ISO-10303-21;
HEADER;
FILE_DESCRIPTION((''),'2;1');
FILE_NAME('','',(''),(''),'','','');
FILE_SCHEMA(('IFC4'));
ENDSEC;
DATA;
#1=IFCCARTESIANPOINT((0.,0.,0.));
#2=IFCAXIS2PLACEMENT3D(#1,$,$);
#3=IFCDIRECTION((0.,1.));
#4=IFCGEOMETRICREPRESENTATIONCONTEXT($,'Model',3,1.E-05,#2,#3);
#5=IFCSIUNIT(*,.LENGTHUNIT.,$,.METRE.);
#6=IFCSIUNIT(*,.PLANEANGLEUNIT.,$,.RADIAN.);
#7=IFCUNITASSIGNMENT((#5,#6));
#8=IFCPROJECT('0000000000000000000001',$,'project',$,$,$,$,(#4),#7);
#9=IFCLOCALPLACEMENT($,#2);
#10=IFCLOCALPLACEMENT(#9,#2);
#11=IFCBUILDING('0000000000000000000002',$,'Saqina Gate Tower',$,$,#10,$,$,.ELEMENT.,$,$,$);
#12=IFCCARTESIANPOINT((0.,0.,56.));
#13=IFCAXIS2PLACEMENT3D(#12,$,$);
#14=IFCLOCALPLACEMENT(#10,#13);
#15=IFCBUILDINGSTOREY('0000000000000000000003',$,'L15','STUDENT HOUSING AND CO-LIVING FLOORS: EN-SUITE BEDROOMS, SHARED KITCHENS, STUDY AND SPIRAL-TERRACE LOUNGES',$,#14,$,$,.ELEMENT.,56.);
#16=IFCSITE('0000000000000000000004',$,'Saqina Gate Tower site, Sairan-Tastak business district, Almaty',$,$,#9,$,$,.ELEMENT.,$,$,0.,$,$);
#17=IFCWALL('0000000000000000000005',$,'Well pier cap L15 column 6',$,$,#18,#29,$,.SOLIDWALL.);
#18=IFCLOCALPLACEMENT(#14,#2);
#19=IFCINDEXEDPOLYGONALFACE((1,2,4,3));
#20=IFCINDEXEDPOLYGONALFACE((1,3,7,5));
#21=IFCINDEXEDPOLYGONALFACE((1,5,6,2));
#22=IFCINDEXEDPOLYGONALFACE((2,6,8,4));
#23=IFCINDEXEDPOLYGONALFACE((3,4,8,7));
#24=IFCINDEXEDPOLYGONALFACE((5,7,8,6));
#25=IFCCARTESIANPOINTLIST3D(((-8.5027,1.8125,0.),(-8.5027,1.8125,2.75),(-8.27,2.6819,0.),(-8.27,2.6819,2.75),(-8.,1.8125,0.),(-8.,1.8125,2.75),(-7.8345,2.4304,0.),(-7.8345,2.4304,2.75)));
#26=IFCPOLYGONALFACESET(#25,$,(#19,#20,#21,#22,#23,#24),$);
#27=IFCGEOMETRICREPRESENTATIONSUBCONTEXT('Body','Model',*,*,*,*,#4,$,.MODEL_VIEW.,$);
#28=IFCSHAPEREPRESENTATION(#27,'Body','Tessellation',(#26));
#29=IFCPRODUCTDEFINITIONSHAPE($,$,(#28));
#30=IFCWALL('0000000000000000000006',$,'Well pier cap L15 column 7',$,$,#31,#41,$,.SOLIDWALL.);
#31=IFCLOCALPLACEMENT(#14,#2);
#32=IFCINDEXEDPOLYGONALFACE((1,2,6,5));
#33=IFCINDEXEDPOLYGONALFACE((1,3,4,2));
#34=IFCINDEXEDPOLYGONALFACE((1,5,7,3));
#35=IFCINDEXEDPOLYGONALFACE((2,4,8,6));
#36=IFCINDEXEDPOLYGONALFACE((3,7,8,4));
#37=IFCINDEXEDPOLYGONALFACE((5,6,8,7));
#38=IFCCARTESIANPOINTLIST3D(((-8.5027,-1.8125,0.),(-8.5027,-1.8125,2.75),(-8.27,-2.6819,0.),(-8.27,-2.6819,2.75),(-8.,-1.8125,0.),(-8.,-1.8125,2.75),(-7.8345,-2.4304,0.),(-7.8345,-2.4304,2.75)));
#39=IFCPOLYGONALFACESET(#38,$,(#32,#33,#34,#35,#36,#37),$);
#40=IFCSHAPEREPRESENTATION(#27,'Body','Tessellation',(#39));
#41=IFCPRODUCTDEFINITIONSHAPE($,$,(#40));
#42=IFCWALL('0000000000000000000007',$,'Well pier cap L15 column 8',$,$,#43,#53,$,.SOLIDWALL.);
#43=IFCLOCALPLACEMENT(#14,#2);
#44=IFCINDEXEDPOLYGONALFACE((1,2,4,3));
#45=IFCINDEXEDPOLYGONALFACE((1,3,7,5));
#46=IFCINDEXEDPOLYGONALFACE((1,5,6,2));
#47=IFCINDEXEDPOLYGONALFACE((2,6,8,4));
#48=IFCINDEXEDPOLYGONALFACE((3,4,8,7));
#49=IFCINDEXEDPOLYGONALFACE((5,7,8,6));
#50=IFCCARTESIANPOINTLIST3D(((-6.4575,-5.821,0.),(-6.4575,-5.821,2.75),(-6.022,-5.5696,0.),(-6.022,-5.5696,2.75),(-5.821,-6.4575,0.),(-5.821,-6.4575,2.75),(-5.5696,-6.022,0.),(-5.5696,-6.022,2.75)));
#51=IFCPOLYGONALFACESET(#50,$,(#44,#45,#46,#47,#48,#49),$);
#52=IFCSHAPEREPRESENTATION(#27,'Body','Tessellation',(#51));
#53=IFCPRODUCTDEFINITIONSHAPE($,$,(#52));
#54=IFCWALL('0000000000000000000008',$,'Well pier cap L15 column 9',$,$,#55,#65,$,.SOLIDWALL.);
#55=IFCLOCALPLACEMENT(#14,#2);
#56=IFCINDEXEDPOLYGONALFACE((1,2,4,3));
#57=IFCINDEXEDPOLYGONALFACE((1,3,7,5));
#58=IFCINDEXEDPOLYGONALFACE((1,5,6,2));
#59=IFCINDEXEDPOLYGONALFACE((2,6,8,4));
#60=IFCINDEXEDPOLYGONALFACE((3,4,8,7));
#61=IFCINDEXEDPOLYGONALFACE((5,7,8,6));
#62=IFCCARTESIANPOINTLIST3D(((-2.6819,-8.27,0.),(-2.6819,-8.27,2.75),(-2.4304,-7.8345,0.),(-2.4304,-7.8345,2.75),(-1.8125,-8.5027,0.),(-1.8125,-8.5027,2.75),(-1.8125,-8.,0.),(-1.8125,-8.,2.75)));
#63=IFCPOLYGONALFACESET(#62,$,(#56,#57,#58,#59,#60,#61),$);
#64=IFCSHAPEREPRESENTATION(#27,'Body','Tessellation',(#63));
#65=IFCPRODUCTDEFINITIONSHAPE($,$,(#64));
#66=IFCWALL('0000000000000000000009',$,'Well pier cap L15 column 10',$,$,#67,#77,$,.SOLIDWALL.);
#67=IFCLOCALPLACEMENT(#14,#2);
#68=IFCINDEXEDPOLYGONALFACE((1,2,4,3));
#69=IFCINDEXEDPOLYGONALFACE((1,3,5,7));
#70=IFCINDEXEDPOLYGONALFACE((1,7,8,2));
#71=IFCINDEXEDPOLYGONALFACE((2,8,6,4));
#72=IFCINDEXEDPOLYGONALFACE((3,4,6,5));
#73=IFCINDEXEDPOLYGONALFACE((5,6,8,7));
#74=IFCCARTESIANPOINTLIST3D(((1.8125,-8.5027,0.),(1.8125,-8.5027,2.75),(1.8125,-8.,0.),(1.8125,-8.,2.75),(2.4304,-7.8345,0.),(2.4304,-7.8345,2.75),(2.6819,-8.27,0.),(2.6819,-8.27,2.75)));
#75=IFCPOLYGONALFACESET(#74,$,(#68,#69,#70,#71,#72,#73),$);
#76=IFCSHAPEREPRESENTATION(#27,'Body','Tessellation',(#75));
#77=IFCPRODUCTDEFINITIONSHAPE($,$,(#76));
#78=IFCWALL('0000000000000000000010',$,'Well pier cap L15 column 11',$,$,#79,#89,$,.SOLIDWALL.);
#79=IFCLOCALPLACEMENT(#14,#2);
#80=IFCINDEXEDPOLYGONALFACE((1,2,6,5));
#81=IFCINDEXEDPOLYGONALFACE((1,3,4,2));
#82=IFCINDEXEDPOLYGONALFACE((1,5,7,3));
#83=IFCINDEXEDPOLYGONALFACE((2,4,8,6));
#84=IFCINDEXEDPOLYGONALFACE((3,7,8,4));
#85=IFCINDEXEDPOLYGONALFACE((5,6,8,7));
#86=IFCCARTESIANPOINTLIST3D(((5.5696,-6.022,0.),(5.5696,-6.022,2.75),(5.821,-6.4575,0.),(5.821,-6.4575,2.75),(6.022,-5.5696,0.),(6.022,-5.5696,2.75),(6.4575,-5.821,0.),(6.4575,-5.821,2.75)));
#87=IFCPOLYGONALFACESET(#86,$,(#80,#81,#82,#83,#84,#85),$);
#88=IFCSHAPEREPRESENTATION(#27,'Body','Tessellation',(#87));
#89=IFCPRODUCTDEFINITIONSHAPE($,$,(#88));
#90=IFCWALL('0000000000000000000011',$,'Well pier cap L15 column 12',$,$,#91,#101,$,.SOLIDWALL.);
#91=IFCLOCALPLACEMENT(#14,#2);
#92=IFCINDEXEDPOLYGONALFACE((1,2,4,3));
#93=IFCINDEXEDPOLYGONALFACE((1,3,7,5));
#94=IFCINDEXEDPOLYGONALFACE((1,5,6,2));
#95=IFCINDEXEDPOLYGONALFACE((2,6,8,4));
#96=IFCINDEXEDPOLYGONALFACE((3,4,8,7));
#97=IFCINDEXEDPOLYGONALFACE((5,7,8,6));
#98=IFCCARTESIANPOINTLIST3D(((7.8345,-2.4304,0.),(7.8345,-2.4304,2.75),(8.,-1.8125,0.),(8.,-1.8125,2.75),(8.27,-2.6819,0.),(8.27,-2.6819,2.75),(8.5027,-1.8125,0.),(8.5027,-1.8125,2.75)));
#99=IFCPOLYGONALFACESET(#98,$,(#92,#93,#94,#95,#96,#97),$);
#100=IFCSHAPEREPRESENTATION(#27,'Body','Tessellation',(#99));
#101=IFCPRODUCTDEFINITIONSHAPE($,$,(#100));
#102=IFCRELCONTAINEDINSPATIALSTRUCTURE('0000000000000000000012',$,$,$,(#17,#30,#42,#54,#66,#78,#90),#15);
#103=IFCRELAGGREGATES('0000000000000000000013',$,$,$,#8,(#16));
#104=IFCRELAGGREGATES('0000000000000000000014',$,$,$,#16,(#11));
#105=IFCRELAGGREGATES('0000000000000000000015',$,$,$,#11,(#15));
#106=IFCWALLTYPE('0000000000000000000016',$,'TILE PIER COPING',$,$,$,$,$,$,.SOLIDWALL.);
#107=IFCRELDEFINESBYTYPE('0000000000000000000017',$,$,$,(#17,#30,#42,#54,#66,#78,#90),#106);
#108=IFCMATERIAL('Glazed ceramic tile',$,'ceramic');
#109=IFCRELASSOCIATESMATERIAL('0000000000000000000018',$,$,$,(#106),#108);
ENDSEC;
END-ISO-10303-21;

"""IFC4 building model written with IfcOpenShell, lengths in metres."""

from ifc_helpers import new_model, si_unit, direction, frame, origin, place, context, subcontext, project, spatial, polyline, outline, extrude, material, type_object, element, save


model = new_model("IFC4")

# Units and contexts
model_context = context("Model", 3, precision=1e-05, world=origin(), true_north=direction((0.0, 1.0)))
body_context = subcontext(model_context, "Body", "Model", "MODEL_VIEW")
ifc_project = project(units=[si_unit("LENGTHUNIT", "METRE"), si_unit("PLANEANGLEUNIT", "RADIAN")], contexts=[model_context])

# Site, building, storey
site_placement = place(None, origin())
site = spatial("IfcSite", under=ifc_project, at=site_placement, Name="Saqina Gate Tower site, Sairan-Tastak business district, Almaty", CompositionType="ELEMENT", RefElevation=0.0)
building_placement = place(site_placement, origin())
building = spatial("IfcBuilding", under=site, at=building_placement, Name="Saqina Gate Tower", CompositionType="ELEMENT")
storey_placement = place(building_placement, frame((0.0, 0.0, 56.0)))
storey = spatial("IfcBuildingStorey", under=building, at=storey_placement, Name="L15", Description="STUDENT HOUSING AND CO-LIVING FLOORS: EN-SUITE BEDROOMS, SHARED KITCHENS, STUDY AND SPIRAL-TERRACE LOUNGES", CompositionType="ELEMENT", Elevation=56.0)

# Walls
ifc_material_1 = material(Name="Glazed ceramic tile", Category="ceramic")
wall_type_1 = type_object("IfcWallType", Name="TILE PIER COPING", PredefinedType="SOLIDWALL", material=ifc_material_1)
wall_1_placement = place(storey_placement, origin())
element("IfcWall", 1, at=wall_1_placement, inside=storey, type_object=wall_type_1, Name="Well pier cap L15 column 6", PredefinedType="SOLIDWALL", context=body_context, shape_type="SweptSolid", body=[
    extrude(outline(polyline([(-8.5027, 1.8125), (-8.0, 1.8125), (-7.8345, 2.4304), (-8.27, 2.6819), (-8.5027, 1.8125)])), origin(), (0.0, 0.0, 1.0), 2.75),
])
wall_2_placement = place(storey_placement, origin())
element("IfcWall", 2, at=wall_2_placement, inside=storey, type_object=wall_type_1, Name="Well pier cap L15 column 7", PredefinedType="SOLIDWALL", context=body_context, shape_type="SweptSolid", body=[
    extrude(outline(polyline([(-8.27, -2.6819), (-7.8345, -2.4304), (-8.0, -1.8125), (-8.5027, -1.8125), (-8.27, -2.6819)])), origin(), (0.0, 0.0, 1.0), 2.75),
])
wall_3_placement = place(storey_placement, origin())
element("IfcWall", 3, at=wall_3_placement, inside=storey, type_object=wall_type_1, Name="Well pier cap L15 column 8", PredefinedType="SOLIDWALL", context=body_context, shape_type="SweptSolid", body=[
    extrude(outline(polyline([(-6.4575, -5.821), (-5.821, -6.4575), (-5.5696, -6.022), (-6.022, -5.5696), (-6.4575, -5.821)])), origin(), (0.0, 0.0, 1.0), 2.75),
])
wall_4_placement = place(storey_placement, origin())
element("IfcWall", 4, at=wall_4_placement, inside=storey, type_object=wall_type_1, Name="Well pier cap L15 column 9", PredefinedType="SOLIDWALL", context=body_context, shape_type="SweptSolid", body=[
    extrude(outline(polyline([(-1.8125, -8.5027), (-1.8125, -8.0), (-2.4304, -7.8345), (-2.6819, -8.27), (-1.8125, -8.5027)])), origin(), (0.0, 0.0, 1.0), 2.75),
])
wall_5_placement = place(storey_placement, origin())
element("IfcWall", 5, at=wall_5_placement, inside=storey, type_object=wall_type_1, Name="Well pier cap L15 column 10", PredefinedType="SOLIDWALL", context=body_context, shape_type="SweptSolid", body=[
    extrude(outline(polyline([(2.6819, -8.27), (2.4304, -7.8345), (1.8125, -8.0), (1.8125, -8.5027), (2.6819, -8.27)])), origin(), (0.0, 0.0, 1.0), 2.75),
])
wall_6_placement = place(storey_placement, origin())
element("IfcWall", 6, at=wall_6_placement, inside=storey, type_object=wall_type_1, Name="Well pier cap L15 column 11", PredefinedType="SOLIDWALL", context=body_context, shape_type="SweptSolid", body=[
    extrude(outline(polyline([(5.821, -6.4575), (6.4575, -5.821), (6.022, -5.5696), (5.5696, -6.022), (5.821, -6.4575)])), origin(), (0.0, 0.0, 1.0), 2.75),
])
wall_7_placement = place(storey_placement, origin())
element("IfcWall", 7, at=wall_7_placement, inside=storey, type_object=wall_type_1, Name="Well pier cap L15 column 12", PredefinedType="SOLIDWALL", context=body_context, shape_type="SweptSolid", body=[
    extrude(outline(polyline([(8.5027, -1.8125), (8.0, -1.8125), (7.8345, -2.4304), (8.27, -2.6819), (8.5027, -1.8125)])), origin(), (0.0, 0.0, 1.0), 2.75),
])

save(model, "model.ifc")
